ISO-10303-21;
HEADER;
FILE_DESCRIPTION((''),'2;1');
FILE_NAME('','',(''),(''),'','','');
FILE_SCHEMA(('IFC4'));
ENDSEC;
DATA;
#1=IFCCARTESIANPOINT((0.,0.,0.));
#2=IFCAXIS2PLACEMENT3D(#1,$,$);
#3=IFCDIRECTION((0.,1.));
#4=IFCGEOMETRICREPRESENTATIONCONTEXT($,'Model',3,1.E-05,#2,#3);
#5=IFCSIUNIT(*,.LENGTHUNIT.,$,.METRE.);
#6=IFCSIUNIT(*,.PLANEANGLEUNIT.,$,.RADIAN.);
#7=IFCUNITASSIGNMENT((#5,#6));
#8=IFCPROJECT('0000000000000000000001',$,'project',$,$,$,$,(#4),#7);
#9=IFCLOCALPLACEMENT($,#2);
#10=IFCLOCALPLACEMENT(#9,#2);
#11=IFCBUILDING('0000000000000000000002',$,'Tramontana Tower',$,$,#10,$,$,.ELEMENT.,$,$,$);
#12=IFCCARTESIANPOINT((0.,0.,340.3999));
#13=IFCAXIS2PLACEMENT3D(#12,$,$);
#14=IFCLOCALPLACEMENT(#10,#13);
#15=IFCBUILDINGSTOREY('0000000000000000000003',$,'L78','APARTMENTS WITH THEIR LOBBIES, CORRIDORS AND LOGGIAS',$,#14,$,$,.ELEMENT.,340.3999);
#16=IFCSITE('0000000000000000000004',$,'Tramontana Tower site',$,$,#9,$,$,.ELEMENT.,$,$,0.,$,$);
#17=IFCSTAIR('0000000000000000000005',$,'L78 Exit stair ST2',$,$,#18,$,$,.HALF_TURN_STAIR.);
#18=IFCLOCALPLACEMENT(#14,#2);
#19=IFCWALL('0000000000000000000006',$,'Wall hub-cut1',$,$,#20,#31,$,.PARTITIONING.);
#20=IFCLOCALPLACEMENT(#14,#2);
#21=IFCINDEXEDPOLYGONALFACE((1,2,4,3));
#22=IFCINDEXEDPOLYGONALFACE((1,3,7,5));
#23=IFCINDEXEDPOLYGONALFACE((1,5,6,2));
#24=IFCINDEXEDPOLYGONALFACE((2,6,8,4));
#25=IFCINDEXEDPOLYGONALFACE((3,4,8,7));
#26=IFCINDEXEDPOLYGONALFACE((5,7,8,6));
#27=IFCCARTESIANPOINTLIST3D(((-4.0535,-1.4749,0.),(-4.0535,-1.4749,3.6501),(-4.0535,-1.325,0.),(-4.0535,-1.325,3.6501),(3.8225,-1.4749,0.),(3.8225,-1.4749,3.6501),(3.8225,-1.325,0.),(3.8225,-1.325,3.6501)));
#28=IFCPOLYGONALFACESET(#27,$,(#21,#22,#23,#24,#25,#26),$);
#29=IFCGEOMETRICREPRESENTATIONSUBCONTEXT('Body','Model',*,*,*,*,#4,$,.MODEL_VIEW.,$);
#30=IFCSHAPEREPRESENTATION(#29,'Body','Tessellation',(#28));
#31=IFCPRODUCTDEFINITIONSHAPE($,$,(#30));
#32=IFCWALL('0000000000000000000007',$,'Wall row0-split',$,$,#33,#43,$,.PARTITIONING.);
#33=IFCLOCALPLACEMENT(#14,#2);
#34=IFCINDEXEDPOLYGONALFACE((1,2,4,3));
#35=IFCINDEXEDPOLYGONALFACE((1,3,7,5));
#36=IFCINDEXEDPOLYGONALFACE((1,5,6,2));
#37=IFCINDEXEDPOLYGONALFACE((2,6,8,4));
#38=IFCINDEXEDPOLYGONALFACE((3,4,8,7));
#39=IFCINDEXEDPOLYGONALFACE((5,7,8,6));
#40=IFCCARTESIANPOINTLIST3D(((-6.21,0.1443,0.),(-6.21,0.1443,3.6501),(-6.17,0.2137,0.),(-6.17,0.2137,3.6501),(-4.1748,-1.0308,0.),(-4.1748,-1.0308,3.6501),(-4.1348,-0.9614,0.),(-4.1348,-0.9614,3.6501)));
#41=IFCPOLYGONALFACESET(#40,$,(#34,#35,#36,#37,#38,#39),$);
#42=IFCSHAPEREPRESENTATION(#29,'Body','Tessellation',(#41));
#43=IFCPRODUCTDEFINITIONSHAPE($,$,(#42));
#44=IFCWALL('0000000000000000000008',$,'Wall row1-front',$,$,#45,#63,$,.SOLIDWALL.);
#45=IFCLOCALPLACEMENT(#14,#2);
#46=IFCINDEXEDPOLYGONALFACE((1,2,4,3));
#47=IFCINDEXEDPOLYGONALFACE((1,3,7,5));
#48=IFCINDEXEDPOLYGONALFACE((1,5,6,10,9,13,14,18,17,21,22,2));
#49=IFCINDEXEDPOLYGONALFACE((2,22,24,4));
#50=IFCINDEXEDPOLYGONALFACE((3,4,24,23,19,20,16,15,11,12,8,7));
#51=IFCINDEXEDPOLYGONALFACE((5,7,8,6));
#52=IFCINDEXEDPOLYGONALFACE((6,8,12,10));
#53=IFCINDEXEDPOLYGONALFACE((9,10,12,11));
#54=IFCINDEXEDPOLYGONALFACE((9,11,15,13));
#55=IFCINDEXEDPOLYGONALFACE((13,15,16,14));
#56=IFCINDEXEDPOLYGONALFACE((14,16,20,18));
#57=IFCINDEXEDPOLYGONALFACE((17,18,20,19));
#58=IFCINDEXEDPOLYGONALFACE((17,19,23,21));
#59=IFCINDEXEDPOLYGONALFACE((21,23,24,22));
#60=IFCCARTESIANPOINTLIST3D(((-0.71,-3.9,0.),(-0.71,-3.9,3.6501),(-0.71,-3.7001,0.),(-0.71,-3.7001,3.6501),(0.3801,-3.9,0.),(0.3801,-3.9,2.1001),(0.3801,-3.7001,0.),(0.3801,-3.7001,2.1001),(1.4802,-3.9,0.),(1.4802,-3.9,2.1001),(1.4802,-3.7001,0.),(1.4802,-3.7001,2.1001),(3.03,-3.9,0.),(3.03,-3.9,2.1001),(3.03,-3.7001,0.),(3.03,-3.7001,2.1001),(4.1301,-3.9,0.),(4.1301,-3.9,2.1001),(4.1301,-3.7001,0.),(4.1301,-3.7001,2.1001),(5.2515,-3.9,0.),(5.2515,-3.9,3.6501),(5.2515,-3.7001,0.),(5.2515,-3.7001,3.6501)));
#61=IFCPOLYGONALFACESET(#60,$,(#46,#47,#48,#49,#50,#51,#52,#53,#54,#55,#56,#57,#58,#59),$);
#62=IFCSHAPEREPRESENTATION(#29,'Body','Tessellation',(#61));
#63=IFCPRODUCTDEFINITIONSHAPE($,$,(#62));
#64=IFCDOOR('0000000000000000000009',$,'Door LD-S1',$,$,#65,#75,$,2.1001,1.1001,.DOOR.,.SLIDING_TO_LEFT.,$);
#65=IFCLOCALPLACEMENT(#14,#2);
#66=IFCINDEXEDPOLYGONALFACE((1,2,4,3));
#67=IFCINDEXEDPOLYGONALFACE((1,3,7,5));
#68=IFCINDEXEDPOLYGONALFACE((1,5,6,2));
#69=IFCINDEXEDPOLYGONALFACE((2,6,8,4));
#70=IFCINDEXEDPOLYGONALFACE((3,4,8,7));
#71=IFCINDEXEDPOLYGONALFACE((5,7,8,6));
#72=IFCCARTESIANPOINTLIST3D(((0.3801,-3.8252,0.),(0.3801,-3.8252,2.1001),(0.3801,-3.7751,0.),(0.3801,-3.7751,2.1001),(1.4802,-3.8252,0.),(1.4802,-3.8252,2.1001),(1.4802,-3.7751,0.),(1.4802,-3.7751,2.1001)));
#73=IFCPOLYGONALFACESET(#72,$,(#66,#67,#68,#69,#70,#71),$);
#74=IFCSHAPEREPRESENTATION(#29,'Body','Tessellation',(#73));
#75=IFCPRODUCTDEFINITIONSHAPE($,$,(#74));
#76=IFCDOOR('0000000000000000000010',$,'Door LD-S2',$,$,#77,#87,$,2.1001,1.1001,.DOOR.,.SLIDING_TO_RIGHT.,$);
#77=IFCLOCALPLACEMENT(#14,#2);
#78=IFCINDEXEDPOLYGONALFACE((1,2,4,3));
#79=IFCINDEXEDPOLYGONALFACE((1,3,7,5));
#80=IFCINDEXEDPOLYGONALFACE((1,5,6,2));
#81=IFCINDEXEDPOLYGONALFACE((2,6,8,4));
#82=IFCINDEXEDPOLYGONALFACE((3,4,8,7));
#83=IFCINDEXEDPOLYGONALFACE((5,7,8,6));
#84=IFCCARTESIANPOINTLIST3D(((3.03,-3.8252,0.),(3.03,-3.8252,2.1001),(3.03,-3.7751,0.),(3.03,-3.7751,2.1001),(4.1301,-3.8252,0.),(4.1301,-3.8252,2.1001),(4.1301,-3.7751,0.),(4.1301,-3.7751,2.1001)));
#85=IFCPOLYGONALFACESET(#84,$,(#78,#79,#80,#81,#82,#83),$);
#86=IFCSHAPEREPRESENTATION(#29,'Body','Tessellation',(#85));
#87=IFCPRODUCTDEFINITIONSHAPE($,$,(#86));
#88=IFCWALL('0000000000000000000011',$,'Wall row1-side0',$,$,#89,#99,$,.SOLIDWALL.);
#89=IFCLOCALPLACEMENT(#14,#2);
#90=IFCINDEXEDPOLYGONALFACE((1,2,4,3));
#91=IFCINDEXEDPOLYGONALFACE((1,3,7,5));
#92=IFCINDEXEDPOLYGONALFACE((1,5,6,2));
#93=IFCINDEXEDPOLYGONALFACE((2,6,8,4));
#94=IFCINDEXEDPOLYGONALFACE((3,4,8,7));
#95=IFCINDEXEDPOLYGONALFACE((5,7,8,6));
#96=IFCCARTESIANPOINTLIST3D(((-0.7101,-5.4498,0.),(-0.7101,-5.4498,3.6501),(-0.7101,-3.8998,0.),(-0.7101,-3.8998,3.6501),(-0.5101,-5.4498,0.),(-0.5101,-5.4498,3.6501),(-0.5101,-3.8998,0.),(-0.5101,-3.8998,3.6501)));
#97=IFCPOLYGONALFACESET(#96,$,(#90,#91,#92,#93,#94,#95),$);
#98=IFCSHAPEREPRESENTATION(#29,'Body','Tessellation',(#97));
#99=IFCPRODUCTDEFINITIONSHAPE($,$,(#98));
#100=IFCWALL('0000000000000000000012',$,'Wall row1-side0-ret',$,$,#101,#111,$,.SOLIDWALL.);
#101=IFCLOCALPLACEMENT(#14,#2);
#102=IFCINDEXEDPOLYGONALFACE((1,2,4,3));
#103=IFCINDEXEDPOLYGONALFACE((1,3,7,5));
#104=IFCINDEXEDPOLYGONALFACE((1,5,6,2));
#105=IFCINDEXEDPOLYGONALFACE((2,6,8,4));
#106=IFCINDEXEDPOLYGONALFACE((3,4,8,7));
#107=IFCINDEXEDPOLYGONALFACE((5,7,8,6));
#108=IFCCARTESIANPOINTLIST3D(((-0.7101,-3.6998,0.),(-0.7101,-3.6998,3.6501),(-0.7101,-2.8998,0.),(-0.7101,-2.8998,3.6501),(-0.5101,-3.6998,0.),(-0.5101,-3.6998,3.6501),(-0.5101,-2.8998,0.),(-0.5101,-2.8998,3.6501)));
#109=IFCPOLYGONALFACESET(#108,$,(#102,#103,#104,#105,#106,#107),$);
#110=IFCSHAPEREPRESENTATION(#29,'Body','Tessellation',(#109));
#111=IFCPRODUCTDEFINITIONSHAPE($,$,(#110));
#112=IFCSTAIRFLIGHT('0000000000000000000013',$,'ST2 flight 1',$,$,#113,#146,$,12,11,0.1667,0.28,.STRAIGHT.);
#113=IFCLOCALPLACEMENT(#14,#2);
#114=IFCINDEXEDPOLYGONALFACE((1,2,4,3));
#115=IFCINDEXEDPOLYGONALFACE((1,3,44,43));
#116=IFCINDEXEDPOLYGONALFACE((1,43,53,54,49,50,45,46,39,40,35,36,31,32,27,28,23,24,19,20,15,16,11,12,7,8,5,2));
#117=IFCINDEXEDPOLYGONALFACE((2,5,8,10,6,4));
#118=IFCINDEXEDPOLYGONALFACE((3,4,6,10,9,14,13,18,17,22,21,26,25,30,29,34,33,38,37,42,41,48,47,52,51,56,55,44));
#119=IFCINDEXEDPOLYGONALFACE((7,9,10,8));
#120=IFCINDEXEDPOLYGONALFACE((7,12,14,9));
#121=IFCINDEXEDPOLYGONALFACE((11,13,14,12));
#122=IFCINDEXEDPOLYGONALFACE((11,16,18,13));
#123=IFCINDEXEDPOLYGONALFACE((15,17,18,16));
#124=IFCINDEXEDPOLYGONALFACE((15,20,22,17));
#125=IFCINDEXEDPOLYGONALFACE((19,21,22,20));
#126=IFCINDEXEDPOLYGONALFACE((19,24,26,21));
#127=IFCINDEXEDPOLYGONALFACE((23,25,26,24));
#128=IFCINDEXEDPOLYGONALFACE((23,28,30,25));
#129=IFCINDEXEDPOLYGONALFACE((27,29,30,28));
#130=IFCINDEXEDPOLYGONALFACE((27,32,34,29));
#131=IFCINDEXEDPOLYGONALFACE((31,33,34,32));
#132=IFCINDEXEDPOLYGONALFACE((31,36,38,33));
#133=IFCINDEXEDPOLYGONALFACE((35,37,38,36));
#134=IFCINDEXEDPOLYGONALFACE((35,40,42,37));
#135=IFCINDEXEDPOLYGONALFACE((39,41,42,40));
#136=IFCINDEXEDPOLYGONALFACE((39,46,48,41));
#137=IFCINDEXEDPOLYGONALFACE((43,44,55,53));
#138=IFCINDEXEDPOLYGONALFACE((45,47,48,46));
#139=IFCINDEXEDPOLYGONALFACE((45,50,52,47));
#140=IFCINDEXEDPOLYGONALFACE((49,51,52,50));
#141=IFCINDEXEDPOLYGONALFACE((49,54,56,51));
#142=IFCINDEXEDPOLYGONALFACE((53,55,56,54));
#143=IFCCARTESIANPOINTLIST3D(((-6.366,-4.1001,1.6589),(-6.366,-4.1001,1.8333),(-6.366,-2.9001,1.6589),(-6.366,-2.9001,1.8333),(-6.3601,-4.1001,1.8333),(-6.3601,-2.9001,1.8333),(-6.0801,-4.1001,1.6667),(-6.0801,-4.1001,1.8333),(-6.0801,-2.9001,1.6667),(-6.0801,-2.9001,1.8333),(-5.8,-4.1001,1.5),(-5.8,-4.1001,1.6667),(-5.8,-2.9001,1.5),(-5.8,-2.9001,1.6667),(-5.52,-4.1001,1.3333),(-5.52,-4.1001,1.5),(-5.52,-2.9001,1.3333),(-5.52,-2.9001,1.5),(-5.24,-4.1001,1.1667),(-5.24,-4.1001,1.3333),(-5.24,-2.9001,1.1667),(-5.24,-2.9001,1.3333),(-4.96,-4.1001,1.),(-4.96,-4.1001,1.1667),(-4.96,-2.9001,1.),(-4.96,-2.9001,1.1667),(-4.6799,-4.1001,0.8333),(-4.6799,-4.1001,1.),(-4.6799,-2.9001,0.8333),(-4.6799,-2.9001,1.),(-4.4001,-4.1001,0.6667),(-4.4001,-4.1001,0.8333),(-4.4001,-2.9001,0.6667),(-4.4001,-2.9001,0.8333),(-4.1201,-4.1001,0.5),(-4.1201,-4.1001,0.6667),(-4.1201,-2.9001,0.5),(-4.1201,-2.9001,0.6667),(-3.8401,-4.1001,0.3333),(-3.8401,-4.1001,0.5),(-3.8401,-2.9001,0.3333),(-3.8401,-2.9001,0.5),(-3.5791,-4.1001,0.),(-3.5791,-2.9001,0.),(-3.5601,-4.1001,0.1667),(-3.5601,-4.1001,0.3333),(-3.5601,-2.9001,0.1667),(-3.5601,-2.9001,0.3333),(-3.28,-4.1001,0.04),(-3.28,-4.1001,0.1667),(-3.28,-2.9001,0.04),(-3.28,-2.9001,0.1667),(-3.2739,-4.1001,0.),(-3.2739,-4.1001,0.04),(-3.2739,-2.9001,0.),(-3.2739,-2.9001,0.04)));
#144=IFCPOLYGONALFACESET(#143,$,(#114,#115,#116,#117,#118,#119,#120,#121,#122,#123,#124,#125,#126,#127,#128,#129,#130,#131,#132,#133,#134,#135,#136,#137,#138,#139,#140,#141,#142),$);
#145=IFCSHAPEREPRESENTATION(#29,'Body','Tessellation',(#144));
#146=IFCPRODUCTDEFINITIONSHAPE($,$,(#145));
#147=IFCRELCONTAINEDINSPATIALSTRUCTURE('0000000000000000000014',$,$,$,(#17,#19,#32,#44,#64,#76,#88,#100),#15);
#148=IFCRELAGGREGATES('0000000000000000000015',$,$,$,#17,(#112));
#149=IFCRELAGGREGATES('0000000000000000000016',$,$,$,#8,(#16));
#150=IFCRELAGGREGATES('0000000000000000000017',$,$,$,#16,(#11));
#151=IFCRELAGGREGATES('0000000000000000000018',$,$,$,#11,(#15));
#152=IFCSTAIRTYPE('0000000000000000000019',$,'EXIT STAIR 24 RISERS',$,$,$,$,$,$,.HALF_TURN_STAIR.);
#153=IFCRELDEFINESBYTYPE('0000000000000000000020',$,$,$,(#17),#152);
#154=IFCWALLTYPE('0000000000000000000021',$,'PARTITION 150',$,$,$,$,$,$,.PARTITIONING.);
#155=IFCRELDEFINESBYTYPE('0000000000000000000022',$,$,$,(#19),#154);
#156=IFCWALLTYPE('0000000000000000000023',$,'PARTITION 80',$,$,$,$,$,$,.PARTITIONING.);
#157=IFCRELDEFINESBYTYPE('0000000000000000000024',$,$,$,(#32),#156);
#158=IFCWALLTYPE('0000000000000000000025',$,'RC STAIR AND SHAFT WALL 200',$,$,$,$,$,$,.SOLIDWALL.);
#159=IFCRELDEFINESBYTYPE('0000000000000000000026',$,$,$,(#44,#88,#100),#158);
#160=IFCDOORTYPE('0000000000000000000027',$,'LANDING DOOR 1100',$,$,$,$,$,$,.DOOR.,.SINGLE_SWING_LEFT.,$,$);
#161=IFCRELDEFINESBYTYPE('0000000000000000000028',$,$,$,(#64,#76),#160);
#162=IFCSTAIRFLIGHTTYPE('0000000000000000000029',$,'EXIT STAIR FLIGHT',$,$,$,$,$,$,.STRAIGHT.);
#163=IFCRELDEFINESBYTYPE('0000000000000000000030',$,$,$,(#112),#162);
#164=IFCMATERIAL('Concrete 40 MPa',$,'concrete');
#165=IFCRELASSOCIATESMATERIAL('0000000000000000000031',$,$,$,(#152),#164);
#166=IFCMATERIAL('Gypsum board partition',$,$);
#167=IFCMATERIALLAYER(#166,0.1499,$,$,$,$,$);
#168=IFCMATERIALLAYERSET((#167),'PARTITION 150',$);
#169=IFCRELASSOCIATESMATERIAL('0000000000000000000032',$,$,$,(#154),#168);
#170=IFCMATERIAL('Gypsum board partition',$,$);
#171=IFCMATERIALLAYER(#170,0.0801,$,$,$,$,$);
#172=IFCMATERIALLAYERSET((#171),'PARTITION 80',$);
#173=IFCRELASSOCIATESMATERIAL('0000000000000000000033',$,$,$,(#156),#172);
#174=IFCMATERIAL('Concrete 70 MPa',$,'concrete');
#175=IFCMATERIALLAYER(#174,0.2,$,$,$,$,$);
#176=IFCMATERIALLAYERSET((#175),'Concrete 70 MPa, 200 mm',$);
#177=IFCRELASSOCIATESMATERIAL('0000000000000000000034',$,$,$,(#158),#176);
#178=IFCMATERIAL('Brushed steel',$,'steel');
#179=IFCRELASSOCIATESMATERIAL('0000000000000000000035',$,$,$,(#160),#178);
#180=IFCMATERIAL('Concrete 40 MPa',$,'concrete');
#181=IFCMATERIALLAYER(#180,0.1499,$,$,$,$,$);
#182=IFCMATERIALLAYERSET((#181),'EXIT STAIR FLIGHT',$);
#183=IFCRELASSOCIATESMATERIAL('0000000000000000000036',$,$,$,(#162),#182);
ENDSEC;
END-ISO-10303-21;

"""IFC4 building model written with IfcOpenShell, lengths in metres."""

from ifc_helpers import new_model, si_unit, direction, frame, frame_2d, origin, place, context, subcontext, project, spatial, polyline, rectangle, outline, extrude, material, layer, layer_set, type_object, element, fill, aggregate, save


model = new_model("IFC4")

# Units and contexts
model_context = context("Model", 3, precision=1e-05, world=origin(), true_north=direction((0.0, 1.0)))
body_context = subcontext(model_context, "Body", "Model", "MODEL_VIEW")
ifc_project = project(units=[si_unit("LENGTHUNIT", "METRE"), si_unit("PLANEANGLEUNIT", "RADIAN")], contexts=[model_context])

# Site, building, storey
site_placement = place(None, origin())
site = spatial("IfcSite", under=ifc_project, at=site_placement, Name="Tramontana Tower site", CompositionType="ELEMENT", RefElevation=0.0)
building_placement = place(site_placement, origin())
building = spatial("IfcBuilding", under=site, at=building_placement, Name="Tramontana Tower", CompositionType="ELEMENT")
storey_placement = place(building_placement, frame((0.0, 0.0, 340.3999)))
storey = spatial("IfcBuildingStorey", under=building, at=storey_placement, Name="L78", Description="APARTMENTS WITH THEIR LOBBIES, CORRIDORS AND LOGGIAS", CompositionType="ELEMENT", Elevation=340.3999)

# Stair
ifc_material_1 = material(Name="Concrete 40 MPa", Category="concrete")
stair_type = type_object("IfcStairType", Name="EXIT STAIR 24 RISERS", PredefinedType="HALF_TURN_STAIR", material=ifc_material_1)
stair_1_placement = place(storey_placement, origin())
stair_1 = element("IfcStair", 1, at=stair_1_placement, inside=storey, type_object=stair_type, Name="L78 Exit stair ST2", PredefinedType="HALF_TURN_STAIR")

# Shared definitions
ifc_material_2 = material(Name="Gypsum board partition")
ifc_layer_1 = layer(ifc_material_2, 0.1499)
ifc_layer_set_1 = layer_set([ifc_layer_1], Name="PARTITION 150")
wall_type_1 = type_object("IfcWallType", Name="PARTITION 150", PredefinedType="PARTITIONING", material=ifc_layer_set_1)

# Walls
wall_1_placement = place(storey_placement, frame((-4.0535, -1.3999, 0.0), z_axis=(0.0, 0.0, 1.0), x_axis=(1.0, 0.0, 0.0)))
element("IfcWall", 2, at=wall_1_placement, inside=storey, type_object=wall_type_1, Name="Wall hub-cut1", PredefinedType="PARTITIONING", context=body_context, shape_type="SweptSolid", body=[
    extrude(rectangle(XDim=7.876, YDim=0.1499, at=frame_2d((3.938, 0.0))), origin(), (0.0, 0.0, 1.0), 3.6501),
])
ifc_material_3 = material(Name="Gypsum board partition")
ifc_layer_2 = layer(ifc_material_3, 0.0801)
ifc_layer_set_2 = layer_set([ifc_layer_2], Name="PARTITION 80")
wall_type_2 = type_object("IfcWallType", Name="PARTITION 80", PredefinedType="PARTITIONING", material=ifc_layer_set_2)
wall_2_placement = place(storey_placement, frame((-4.1548, -0.9961, 0.0), z_axis=(0.0, 0.0, 1.0), x_axis=(-0.866016, 0.500016, 0.0)))
element("IfcWall", 3, at=wall_2_placement, inside=storey, type_object=wall_type_2, Name="Wall row0-split", PredefinedType="PARTITIONING", context=body_context, shape_type="SweptSolid", body=[
    extrude(rectangle(XDim=2.3501, YDim=0.0801, at=frame_2d((1.175, 0.0))), origin(), (0.0, 0.0, 1.0), 3.6501),
])

# Shared definitions
ifc_material_4 = material(Name="Concrete 70 MPa", Category="concrete")
ifc_layer_3 = layer(ifc_material_4, 0.2)
ifc_layer_set_3 = layer_set([ifc_layer_3], Name="Concrete 70 MPa, 200 mm")
wall_type_3 = type_object("IfcWallType", Name="RC STAIR AND SHAFT WALL 200", PredefinedType="SOLIDWALL", material=ifc_layer_set_3)

# Wall, openings, doors
wall_3_placement = place(storey_placement, frame((-0.71, -3.8, 0.0), z_axis=(0.0, 0.0, 1.0), x_axis=(1.0, 0.0, 0.0)))
wall_3 = element("IfcWall", 4, at=wall_3_placement, inside=storey, type_object=wall_type_3, Name="Wall row1-front", PredefinedType="SOLIDWALL", context=body_context, shape_type="SweptSolid", body=[
    extrude(rectangle(XDim=5.9614, YDim=0.2, at=frame_2d((2.9807, 0.0))), origin(), (0.0, 0.0, 1.0), 3.6501),
])
opening_1_placement = place(wall_3_placement, frame((1.0901, 0.0, 0.0)))
opening_1 = element("IfcOpeningElement", 5, at=opening_1_placement, cuts=wall_3, PredefinedType="OPENING", context=body_context, shape_type="SweptSolid", body=[
    extrude(rectangle(XDim=1.1001, YDim=2.1001, at=frame_2d((0.55, 1.05))), frame((0.0, 0.1099, 0.0), z_axis=(0.0, -1.0, 0.0), x_axis=(1.0, 0.0, 0.0)), (0.0, 0.0, 1.0), 0.22),
])
opening_2_placement = place(wall_3_placement, frame((3.74, 0.0, 0.0)))
opening_2 = element("IfcOpeningElement", 6, at=opening_2_placement, cuts=wall_3, PredefinedType="OPENING", context=body_context, shape_type="SweptSolid", body=[
    extrude(rectangle(XDim=1.1001, YDim=2.1001, at=frame_2d((0.55, 1.05))), frame((0.0, 0.1099, 0.0), z_axis=(0.0, -1.0, 0.0), x_axis=(1.0, 0.0, 0.0)), (0.0, 0.0, 1.0), 0.22),
])
ifc_material_5 = material(Name="Brushed steel", Category="steel")
door_type_1 = type_object("IfcDoorType", Name="LANDING DOOR 1100", OperationType="SINGLE_SWING_LEFT", PredefinedType="DOOR", material=ifc_material_5)
door_1_placement = place(opening_1_placement, origin())
door_1 = element("IfcDoor", 7, at=door_1_placement, inside=storey, type_object=door_type_1, Name="Door LD-S1", OperationType="SLIDING_TO_LEFT", OverallHeight=2.1001, OverallWidth=1.1001, PredefinedType="DOOR", context=body_context, shape_type="SweptSolid", body=[
    extrude(rectangle(XDim=1.1001, YDim=2.1001, at=frame_2d((0.55, 1.05))), frame((0.0, 0.0249, 0.0), z_axis=(0.0, -1.0, 0.0), x_axis=(1.0, 0.0, 0.0)), (0.0, 0.0, 1.0), 0.05),
])
fill(opening_1, door_1)
door_2_placement = place(opening_2_placement, origin())
door_2 = element("IfcDoor", 8, at=door_2_placement, inside=storey, type_object=door_type_1, Name="Door LD-S2", OperationType="SLIDING_TO_RIGHT", OverallHeight=2.1001, OverallWidth=1.1001, PredefinedType="DOOR", context=body_context, shape_type="SweptSolid", body=[
    extrude(rectangle(XDim=1.1001, YDim=2.1001, at=frame_2d((0.55, 1.05))), frame((0.0, 0.0249, 0.0), z_axis=(0.0, -1.0, 0.0), x_axis=(1.0, 0.0, 0.0)), (0.0, 0.0, 1.0), 0.05),
])
fill(opening_2, door_2)

# Walls
wall_4_placement = place(storey_placement, frame((-0.6101, -3.8999, 0.0), z_axis=(0.0, 0.0, 1.0), x_axis=(0.0, -1.0, 0.0)))
element("IfcWall", 9, at=wall_4_placement, inside=storey, type_object=wall_type_3, Name="Wall row1-side0", PredefinedType="SOLIDWALL", context=body_context, shape_type="SweptSolid", body=[
    extrude(rectangle(XDim=1.55, YDim=0.2, at=frame_2d((0.7749, 0.0))), origin(), (0.0, 0.0, 1.0), 3.6501),
])
wall_5_placement = place(storey_placement, frame((-0.6101, -2.8999, 0.0), z_axis=(0.0, 0.0, 1.0), x_axis=(0.0, -1.0, 0.0)))
element("IfcWall", 10, at=wall_5_placement, inside=storey, type_object=wall_type_3, Name="Wall row1-side0-ret", PredefinedType="SOLIDWALL", context=body_context, shape_type="SweptSolid", body=[
    extrude(rectangle(XDim=0.8, YDim=0.2, at=frame_2d((0.3999, 0.0))), origin(), (0.0, 0.0, 1.0), 3.6501),
])

# Stair flight
ifc_material_6 = material(Name="Concrete 40 MPa", Category="concrete")
ifc_layer_4 = layer(ifc_material_6, 0.1499)
ifc_layer_set_4 = layer_set([ifc_layer_4], Name="EXIT STAIR FLIGHT")
stair_flight_type = type_object("IfcStairFlightType", Name="EXIT STAIR FLIGHT", PredefinedType="STRAIGHT", material=ifc_layer_set_4)
stair_flight_placement = place(storey_placement, frame((-3.28, -3.5, 0.0), z_axis=(0.0, 0.0, 1.0), x_axis=(-1.0, 0.0, 0.0)))
stair_flight = element("IfcStairFlight", 11, at=stair_flight_placement, type_object=stair_flight_type, Name="ST2 flight 1", NumberOfRisers=12, NumberOfTreads=11, PredefinedType="STRAIGHT", RiserHeight=0.1667, TreadLength=0.28, context=body_context, shape_type="SweptSolid", body=[
    extrude(outline(polyline([(-0.0061, 0.0), (-0.0061, 0.04), (0.0, 0.04), (0.0, 0.1667), (0.28, 0.1667), (0.28, 0.3333), (0.5601, 0.3333), (0.5601, 0.5), (0.8401, 0.5), (0.8401, 0.6667), (1.1201, 0.6667), (1.1201, 0.8333), (1.3999, 0.8333), (1.3999, 1.0), (1.6799, 1.0), (1.6799, 1.1667), (1.96, 1.1667), (1.96, 1.3333), (2.24, 1.3333), (2.24, 1.5), (2.52, 1.5), (2.52, 1.6667), (2.8, 1.6667), (2.8, 1.8333), (3.0801, 1.8333), (3.0859, 1.8333), (3.0859, 1.6589), (0.2991, 0.0), (-0.0061, 0.0)])), frame((0.0, 0.6001, 0.0), z_axis=(0.0, -1.0, 0.0), x_axis=(1.0, 0.0, 0.0)), (0.0, 0.0, 1.0), 1.2),
])
aggregate(stair_1, [stair_flight])

save(model, "model.ifc")
